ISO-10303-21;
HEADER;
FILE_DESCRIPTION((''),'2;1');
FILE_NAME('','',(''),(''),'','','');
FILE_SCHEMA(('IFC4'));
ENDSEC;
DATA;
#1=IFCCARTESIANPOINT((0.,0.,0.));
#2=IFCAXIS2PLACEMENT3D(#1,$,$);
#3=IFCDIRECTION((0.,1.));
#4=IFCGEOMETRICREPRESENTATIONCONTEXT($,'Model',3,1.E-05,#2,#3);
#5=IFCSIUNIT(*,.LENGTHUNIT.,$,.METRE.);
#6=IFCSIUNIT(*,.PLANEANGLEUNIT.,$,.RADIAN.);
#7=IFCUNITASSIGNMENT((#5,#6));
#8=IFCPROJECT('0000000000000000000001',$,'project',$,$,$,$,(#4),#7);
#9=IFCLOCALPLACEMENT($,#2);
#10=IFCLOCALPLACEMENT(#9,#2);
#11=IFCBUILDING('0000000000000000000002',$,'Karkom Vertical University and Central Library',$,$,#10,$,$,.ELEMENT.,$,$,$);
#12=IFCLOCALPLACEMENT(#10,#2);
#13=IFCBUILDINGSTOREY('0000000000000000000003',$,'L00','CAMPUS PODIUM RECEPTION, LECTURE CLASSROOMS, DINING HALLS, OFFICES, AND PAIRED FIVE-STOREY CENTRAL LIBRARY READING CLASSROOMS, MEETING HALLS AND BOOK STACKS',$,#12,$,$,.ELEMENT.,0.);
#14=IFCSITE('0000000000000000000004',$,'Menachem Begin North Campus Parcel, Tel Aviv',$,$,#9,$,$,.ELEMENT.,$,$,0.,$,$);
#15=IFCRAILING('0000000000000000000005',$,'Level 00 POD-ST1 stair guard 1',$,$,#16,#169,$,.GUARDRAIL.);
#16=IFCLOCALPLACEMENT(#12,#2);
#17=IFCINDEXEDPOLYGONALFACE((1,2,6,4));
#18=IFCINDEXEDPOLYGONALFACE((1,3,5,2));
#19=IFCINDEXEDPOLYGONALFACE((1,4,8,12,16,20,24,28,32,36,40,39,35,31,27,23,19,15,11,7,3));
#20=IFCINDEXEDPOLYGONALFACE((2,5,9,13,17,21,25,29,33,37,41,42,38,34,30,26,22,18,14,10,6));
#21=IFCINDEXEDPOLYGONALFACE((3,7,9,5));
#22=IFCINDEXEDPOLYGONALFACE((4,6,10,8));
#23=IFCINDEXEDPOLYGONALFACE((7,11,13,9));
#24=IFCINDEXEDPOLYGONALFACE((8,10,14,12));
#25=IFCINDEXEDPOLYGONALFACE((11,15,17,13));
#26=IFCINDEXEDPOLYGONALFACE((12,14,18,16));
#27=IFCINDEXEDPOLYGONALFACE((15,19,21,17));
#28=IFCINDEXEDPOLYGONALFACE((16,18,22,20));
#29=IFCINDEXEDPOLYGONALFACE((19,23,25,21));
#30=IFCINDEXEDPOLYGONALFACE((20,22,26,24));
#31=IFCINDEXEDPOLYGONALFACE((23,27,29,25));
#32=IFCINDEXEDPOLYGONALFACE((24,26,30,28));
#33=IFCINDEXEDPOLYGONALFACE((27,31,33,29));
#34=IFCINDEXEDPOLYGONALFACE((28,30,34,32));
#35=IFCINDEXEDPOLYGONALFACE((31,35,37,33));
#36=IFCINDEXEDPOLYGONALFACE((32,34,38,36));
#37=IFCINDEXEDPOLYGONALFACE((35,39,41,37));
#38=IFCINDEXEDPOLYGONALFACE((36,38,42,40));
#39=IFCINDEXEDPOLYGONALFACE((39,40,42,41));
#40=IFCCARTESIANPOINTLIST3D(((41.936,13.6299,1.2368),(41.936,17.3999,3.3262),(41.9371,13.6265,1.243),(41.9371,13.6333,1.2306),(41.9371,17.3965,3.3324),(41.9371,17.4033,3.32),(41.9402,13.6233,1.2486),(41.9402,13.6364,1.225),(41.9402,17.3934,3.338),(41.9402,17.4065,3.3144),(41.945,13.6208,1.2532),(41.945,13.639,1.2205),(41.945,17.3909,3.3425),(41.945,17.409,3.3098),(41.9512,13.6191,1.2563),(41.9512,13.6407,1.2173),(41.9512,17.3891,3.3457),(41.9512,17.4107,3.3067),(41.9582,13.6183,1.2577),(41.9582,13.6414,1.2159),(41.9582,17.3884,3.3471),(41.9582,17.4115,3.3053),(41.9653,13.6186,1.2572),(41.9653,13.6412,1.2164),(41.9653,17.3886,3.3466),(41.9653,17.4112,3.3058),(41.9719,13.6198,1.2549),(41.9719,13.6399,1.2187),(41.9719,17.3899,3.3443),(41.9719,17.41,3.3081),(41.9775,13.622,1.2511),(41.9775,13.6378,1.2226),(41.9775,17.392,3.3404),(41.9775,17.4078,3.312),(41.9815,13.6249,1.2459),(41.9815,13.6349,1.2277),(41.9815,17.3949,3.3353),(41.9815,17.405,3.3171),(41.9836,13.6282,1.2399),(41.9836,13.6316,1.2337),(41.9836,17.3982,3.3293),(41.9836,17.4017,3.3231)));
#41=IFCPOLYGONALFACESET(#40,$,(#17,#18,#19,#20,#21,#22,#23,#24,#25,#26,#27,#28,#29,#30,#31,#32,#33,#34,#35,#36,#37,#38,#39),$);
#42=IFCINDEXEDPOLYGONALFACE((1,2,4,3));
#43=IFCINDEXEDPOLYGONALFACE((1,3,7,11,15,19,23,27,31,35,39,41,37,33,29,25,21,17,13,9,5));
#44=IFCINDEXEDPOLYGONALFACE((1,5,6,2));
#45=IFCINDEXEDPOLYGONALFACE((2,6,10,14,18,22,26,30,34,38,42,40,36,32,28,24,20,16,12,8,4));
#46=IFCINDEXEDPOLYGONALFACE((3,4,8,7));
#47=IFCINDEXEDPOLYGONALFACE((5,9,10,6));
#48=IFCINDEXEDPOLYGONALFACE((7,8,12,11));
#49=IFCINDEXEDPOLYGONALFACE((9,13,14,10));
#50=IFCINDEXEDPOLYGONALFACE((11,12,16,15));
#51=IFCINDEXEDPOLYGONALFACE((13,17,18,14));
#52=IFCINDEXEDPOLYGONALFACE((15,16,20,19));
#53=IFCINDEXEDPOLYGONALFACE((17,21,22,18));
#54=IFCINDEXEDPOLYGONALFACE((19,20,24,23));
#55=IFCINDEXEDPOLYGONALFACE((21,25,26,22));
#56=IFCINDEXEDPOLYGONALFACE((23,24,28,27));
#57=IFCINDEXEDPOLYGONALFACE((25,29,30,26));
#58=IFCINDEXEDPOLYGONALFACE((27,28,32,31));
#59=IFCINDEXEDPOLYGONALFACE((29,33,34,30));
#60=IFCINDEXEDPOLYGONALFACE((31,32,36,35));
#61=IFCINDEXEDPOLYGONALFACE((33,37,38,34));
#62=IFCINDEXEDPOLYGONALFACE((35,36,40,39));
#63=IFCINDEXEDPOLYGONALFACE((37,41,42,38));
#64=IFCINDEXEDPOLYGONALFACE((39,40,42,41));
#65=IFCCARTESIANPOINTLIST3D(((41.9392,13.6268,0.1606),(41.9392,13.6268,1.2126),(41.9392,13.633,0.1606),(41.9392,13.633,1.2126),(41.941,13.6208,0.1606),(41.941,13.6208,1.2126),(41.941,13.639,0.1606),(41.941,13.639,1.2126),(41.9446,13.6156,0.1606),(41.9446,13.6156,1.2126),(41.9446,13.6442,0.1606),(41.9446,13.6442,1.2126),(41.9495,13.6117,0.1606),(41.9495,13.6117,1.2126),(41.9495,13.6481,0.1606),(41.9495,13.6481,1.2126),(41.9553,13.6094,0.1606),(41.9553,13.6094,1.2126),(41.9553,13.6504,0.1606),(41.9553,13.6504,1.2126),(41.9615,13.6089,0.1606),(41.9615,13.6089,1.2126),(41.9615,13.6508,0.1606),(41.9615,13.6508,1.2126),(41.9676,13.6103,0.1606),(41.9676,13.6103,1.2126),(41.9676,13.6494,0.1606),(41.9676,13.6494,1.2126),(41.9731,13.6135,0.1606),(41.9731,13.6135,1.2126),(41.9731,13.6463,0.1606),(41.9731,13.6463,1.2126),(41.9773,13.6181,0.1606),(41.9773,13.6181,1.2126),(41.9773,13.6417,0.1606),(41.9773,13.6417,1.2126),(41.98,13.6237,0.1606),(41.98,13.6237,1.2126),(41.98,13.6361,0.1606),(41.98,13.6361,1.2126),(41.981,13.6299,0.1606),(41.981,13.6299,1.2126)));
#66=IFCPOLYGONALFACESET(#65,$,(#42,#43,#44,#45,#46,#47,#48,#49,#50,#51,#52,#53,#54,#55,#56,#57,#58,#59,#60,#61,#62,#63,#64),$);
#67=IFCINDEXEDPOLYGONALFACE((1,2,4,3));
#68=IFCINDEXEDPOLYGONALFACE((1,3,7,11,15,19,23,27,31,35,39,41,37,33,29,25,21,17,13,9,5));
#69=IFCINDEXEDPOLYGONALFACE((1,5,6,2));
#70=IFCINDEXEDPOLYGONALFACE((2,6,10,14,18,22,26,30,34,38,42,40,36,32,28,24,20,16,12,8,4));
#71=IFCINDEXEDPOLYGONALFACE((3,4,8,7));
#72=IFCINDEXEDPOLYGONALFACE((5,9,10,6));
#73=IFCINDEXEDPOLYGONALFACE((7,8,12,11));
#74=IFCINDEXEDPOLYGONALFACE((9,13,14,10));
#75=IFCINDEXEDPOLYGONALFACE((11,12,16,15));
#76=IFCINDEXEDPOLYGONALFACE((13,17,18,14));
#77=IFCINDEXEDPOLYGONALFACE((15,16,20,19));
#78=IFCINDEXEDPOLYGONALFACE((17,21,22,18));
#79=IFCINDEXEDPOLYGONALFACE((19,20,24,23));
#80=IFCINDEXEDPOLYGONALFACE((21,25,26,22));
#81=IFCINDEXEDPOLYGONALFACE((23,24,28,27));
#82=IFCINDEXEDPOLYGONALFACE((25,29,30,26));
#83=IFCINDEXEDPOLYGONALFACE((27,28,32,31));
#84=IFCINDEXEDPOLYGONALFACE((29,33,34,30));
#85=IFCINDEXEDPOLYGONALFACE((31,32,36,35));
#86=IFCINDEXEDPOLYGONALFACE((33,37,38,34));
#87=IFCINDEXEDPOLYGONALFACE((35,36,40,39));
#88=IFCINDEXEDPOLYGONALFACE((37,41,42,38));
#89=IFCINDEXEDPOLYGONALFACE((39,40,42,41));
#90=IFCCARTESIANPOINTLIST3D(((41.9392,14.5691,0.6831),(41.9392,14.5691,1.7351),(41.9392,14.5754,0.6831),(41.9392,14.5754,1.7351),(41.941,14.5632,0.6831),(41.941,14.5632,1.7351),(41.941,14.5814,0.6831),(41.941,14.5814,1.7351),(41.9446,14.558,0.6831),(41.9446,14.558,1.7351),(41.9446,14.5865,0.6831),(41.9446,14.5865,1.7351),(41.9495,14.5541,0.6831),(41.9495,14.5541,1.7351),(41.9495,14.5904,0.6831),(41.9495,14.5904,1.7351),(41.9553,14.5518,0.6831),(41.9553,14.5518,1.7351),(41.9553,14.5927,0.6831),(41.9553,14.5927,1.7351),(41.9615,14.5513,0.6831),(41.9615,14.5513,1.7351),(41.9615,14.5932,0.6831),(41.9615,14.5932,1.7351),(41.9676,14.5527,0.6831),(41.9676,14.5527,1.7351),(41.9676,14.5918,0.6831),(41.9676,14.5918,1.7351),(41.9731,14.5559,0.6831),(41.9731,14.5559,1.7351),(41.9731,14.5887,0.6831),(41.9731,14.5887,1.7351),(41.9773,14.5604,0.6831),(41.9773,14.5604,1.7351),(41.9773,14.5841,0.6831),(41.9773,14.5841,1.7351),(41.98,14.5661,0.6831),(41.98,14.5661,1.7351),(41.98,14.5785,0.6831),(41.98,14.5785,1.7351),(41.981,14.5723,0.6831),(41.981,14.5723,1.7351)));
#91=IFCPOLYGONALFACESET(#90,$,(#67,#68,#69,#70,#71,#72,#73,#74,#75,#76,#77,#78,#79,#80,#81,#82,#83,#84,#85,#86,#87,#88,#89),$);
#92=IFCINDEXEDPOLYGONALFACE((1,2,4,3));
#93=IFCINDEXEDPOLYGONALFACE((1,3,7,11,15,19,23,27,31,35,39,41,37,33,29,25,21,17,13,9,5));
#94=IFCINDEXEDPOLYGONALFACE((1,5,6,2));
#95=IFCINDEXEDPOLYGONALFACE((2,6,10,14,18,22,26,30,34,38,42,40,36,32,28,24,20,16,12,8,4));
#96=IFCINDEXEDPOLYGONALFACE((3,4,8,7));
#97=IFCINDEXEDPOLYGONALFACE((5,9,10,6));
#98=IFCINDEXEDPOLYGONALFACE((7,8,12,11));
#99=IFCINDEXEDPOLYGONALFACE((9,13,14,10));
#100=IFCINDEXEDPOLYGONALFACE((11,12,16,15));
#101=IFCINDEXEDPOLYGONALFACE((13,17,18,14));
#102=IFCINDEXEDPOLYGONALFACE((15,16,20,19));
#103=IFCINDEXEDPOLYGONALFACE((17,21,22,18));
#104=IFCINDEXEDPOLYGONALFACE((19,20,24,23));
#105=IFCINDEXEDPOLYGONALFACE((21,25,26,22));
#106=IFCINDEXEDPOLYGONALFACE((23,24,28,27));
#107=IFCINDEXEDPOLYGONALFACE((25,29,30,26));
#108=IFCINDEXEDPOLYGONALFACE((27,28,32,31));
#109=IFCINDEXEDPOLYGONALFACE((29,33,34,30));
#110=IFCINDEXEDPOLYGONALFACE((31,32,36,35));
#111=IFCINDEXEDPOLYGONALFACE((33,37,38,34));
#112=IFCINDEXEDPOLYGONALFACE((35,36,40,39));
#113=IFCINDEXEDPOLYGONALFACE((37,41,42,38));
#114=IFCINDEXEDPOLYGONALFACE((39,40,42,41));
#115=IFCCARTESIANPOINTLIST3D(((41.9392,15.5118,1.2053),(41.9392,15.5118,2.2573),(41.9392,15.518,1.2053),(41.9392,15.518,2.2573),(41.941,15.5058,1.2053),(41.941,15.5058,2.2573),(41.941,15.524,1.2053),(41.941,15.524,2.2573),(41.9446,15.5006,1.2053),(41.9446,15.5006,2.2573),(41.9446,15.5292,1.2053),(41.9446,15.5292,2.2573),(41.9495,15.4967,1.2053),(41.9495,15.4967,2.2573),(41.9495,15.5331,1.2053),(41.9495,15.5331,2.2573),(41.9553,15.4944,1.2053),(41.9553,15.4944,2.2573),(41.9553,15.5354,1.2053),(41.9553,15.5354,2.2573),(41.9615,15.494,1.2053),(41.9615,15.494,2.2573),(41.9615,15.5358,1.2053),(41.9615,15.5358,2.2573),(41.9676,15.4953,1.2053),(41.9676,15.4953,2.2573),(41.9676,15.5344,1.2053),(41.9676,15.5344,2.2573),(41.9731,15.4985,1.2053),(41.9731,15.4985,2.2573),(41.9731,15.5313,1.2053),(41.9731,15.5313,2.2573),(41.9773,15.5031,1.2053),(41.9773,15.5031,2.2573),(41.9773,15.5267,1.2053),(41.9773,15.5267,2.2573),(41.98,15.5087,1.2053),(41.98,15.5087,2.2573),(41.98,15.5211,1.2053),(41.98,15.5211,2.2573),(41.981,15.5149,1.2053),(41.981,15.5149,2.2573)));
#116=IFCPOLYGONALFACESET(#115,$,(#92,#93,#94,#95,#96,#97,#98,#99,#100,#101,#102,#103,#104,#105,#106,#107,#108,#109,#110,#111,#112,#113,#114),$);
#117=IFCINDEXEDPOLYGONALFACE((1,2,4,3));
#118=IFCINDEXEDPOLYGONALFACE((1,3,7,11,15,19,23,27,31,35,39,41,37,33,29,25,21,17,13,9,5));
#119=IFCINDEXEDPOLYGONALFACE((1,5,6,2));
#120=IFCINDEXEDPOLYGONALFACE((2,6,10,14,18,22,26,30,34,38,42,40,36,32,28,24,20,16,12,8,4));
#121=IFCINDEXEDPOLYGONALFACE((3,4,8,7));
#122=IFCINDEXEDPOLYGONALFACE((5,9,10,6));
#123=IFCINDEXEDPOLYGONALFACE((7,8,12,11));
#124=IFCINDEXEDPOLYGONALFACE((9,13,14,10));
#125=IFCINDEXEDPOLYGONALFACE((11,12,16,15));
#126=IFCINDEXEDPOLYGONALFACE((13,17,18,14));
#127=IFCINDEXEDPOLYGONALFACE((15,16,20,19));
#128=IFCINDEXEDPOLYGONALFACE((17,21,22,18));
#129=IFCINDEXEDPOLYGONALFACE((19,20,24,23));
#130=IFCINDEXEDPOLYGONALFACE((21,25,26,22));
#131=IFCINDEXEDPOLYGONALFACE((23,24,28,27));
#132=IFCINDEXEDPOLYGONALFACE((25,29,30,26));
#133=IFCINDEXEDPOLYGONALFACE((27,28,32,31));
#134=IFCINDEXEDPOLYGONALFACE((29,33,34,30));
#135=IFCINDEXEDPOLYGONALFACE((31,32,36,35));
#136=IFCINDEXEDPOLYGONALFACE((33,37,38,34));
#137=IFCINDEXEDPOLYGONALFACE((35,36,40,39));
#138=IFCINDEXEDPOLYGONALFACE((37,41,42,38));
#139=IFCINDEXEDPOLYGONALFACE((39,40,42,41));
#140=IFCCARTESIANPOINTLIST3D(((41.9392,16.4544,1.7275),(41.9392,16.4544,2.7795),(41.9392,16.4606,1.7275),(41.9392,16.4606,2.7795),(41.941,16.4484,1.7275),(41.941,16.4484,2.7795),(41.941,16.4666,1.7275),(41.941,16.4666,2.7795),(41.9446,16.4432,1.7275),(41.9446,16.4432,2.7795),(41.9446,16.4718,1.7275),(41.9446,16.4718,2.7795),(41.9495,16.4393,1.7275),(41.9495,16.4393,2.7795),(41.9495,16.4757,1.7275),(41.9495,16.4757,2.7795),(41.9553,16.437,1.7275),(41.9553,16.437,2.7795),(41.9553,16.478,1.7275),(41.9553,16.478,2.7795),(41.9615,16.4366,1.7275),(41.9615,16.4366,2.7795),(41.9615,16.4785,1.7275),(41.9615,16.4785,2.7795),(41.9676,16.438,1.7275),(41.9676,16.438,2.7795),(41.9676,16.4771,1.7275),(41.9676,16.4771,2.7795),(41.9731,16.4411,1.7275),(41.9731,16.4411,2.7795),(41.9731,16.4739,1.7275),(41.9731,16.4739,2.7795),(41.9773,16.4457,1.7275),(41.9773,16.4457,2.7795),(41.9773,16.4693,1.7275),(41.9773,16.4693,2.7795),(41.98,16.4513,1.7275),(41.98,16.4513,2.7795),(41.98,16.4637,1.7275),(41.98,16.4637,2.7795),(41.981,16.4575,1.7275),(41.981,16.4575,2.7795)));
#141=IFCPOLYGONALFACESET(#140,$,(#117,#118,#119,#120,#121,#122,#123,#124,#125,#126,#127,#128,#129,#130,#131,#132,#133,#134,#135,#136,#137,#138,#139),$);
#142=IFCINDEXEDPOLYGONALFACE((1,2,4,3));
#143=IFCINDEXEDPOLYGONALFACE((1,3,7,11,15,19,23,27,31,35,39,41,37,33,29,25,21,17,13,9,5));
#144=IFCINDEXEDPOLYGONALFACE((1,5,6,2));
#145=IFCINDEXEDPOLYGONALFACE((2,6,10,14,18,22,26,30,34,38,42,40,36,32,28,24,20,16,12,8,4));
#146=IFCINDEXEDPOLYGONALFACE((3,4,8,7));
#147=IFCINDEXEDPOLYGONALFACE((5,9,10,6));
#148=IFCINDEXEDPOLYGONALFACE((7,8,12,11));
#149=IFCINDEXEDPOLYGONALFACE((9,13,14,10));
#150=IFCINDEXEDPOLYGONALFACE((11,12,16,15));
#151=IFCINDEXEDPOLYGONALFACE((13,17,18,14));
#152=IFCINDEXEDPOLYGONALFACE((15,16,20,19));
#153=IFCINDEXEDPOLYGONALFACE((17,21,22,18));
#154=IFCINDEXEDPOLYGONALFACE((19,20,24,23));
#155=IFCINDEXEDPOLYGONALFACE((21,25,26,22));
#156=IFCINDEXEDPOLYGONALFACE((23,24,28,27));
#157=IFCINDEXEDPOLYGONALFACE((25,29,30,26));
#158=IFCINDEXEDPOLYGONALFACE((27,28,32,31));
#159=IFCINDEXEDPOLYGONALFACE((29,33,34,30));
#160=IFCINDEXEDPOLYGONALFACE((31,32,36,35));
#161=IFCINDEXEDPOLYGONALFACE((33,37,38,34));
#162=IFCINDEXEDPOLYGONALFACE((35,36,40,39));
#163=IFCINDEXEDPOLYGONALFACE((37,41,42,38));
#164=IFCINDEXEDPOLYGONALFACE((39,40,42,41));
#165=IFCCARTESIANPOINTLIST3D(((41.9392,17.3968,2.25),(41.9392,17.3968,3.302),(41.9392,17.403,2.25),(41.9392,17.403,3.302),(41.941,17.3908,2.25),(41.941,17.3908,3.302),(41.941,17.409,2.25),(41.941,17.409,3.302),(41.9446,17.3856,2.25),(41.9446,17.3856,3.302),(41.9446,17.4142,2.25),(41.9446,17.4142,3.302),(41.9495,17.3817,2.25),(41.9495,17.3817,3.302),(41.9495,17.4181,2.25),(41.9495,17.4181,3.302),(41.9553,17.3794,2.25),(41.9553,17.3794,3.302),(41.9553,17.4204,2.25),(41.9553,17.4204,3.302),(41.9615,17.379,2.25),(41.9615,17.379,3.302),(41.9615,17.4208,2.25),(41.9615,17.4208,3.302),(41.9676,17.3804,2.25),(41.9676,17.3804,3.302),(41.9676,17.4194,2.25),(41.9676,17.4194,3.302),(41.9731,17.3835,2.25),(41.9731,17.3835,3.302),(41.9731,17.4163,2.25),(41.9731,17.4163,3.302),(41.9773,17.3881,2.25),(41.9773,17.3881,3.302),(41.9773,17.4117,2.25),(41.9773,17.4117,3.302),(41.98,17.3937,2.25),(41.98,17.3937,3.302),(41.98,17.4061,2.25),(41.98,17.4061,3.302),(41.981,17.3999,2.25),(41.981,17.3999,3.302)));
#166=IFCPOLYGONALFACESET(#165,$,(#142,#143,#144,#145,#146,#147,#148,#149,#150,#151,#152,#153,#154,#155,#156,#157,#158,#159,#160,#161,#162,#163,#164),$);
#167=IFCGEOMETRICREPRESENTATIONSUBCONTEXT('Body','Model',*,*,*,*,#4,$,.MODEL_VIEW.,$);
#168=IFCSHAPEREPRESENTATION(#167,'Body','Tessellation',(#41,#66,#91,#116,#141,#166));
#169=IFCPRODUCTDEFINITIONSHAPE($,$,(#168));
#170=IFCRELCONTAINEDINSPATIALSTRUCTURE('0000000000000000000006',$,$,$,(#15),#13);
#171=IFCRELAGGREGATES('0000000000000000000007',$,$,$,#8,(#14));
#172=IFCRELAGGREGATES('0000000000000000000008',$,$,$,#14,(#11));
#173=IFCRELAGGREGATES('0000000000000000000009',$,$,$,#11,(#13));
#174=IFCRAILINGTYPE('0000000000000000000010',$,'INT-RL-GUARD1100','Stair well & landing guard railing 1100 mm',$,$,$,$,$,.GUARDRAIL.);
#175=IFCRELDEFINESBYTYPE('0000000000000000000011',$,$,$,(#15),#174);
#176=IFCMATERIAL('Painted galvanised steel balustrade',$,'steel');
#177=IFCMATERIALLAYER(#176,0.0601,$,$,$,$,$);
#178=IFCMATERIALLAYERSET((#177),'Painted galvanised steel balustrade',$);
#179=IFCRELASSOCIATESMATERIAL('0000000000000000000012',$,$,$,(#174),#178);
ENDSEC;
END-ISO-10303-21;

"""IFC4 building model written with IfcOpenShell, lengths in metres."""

from ifc_helpers import new_model, si_unit, direction, frame, origin, origin_2d, place, context, subcontext, project, spatial, circle, extrude, material, layer, layer_set, type_object, element, save


model = new_model("IFC4")

# Units and contexts
model_context = context("Model", 3, precision=1e-05, world=origin(), true_north=direction((0.0, 1.0)))
body_context = subcontext(model_context, "Body", "Model", "MODEL_VIEW")
ifc_project = project(units=[si_unit("LENGTHUNIT", "METRE"), si_unit("PLANEANGLEUNIT", "RADIAN")], contexts=[model_context])

# Site, building, storey
site_placement = place(None, origin())
site = spatial("IfcSite", under=ifc_project, at=site_placement, Name="Menachem Begin North Campus Parcel, Tel Aviv", CompositionType="ELEMENT", RefElevation=0.0)
building_placement = place(site_placement, origin())
building = spatial("IfcBuilding", under=site, at=building_placement, Name="Karkom Vertical University and Central Library", CompositionType="ELEMENT")
storey_placement = place(building_placement, origin())
storey = spatial("IfcBuildingStorey", under=building, at=storey_placement, Name="L00", Description="CAMPUS PODIUM RECEPTION, LECTURE CLASSROOMS, DINING HALLS, OFFICES, AND PAIRED FIVE-STOREY CENTRAL LIBRARY READING CLASSROOMS, MEETING HALLS AND BOOK STACKS", CompositionType="ELEMENT", Elevation=0.0)

# Railing
ifc_material_1 = material(Name="Painted galvanised steel balustrade", Category="steel")
ifc_layer_1 = layer(ifc_material_1, 0.0601)
ifc_layer_set_1 = layer_set([ifc_layer_1], Name="Painted galvanised steel balustrade")
railing_type_1 = type_object("IfcRailingType", Name="INT-RL-GUARD1100", Description="Stair well & landing guard railing 1100 mm", PredefinedType="GUARDRAIL", material=ifc_layer_set_1)
railing_1_placement = place(storey_placement, frame((41.96, 13.6299, 0.1606)))
element("IfcRailing", 1, at=railing_1_placement, inside=storey, type_object=railing_type_1, Name="Level 00 POD-ST1 stair guard 1", PredefinedType="GUARDRAIL", context=body_context, shape_type="SweptSolid", body=[
    extrude(circle(Radius=0.0239, at=origin_2d()), frame((0.0, 0.0, 1.0762), z_axis=(0.0, 0.874659, 0.484739), x_axis=(-1.0, 0.0, 0.0)), (0.0, 0.0, 1.0), 4.3103),
    extrude(circle(Radius=0.021, at=origin_2d()), origin(), (0.0, 0.0, 1.0), 1.052),
    extrude(circle(Radius=0.021, at=origin_2d()), frame((0.0, 0.9424, 0.5225)), (0.0, 0.0, 1.0), 1.052),
    extrude(circle(Radius=0.021, at=origin_2d()), frame((0.0, 1.885, 1.0447)), (0.0, 0.0, 1.0), 1.052),
    extrude(circle(Radius=0.021, at=origin_2d()), frame((0.0, 2.8276, 1.5669)), (0.0, 0.0, 1.0), 1.052),
    extrude(circle(Radius=0.021, at=origin_2d()), frame((0.0, 3.77, 2.0894)), (0.0, 0.0, 1.0), 1.052),
])

save(model, "model.ifc")
